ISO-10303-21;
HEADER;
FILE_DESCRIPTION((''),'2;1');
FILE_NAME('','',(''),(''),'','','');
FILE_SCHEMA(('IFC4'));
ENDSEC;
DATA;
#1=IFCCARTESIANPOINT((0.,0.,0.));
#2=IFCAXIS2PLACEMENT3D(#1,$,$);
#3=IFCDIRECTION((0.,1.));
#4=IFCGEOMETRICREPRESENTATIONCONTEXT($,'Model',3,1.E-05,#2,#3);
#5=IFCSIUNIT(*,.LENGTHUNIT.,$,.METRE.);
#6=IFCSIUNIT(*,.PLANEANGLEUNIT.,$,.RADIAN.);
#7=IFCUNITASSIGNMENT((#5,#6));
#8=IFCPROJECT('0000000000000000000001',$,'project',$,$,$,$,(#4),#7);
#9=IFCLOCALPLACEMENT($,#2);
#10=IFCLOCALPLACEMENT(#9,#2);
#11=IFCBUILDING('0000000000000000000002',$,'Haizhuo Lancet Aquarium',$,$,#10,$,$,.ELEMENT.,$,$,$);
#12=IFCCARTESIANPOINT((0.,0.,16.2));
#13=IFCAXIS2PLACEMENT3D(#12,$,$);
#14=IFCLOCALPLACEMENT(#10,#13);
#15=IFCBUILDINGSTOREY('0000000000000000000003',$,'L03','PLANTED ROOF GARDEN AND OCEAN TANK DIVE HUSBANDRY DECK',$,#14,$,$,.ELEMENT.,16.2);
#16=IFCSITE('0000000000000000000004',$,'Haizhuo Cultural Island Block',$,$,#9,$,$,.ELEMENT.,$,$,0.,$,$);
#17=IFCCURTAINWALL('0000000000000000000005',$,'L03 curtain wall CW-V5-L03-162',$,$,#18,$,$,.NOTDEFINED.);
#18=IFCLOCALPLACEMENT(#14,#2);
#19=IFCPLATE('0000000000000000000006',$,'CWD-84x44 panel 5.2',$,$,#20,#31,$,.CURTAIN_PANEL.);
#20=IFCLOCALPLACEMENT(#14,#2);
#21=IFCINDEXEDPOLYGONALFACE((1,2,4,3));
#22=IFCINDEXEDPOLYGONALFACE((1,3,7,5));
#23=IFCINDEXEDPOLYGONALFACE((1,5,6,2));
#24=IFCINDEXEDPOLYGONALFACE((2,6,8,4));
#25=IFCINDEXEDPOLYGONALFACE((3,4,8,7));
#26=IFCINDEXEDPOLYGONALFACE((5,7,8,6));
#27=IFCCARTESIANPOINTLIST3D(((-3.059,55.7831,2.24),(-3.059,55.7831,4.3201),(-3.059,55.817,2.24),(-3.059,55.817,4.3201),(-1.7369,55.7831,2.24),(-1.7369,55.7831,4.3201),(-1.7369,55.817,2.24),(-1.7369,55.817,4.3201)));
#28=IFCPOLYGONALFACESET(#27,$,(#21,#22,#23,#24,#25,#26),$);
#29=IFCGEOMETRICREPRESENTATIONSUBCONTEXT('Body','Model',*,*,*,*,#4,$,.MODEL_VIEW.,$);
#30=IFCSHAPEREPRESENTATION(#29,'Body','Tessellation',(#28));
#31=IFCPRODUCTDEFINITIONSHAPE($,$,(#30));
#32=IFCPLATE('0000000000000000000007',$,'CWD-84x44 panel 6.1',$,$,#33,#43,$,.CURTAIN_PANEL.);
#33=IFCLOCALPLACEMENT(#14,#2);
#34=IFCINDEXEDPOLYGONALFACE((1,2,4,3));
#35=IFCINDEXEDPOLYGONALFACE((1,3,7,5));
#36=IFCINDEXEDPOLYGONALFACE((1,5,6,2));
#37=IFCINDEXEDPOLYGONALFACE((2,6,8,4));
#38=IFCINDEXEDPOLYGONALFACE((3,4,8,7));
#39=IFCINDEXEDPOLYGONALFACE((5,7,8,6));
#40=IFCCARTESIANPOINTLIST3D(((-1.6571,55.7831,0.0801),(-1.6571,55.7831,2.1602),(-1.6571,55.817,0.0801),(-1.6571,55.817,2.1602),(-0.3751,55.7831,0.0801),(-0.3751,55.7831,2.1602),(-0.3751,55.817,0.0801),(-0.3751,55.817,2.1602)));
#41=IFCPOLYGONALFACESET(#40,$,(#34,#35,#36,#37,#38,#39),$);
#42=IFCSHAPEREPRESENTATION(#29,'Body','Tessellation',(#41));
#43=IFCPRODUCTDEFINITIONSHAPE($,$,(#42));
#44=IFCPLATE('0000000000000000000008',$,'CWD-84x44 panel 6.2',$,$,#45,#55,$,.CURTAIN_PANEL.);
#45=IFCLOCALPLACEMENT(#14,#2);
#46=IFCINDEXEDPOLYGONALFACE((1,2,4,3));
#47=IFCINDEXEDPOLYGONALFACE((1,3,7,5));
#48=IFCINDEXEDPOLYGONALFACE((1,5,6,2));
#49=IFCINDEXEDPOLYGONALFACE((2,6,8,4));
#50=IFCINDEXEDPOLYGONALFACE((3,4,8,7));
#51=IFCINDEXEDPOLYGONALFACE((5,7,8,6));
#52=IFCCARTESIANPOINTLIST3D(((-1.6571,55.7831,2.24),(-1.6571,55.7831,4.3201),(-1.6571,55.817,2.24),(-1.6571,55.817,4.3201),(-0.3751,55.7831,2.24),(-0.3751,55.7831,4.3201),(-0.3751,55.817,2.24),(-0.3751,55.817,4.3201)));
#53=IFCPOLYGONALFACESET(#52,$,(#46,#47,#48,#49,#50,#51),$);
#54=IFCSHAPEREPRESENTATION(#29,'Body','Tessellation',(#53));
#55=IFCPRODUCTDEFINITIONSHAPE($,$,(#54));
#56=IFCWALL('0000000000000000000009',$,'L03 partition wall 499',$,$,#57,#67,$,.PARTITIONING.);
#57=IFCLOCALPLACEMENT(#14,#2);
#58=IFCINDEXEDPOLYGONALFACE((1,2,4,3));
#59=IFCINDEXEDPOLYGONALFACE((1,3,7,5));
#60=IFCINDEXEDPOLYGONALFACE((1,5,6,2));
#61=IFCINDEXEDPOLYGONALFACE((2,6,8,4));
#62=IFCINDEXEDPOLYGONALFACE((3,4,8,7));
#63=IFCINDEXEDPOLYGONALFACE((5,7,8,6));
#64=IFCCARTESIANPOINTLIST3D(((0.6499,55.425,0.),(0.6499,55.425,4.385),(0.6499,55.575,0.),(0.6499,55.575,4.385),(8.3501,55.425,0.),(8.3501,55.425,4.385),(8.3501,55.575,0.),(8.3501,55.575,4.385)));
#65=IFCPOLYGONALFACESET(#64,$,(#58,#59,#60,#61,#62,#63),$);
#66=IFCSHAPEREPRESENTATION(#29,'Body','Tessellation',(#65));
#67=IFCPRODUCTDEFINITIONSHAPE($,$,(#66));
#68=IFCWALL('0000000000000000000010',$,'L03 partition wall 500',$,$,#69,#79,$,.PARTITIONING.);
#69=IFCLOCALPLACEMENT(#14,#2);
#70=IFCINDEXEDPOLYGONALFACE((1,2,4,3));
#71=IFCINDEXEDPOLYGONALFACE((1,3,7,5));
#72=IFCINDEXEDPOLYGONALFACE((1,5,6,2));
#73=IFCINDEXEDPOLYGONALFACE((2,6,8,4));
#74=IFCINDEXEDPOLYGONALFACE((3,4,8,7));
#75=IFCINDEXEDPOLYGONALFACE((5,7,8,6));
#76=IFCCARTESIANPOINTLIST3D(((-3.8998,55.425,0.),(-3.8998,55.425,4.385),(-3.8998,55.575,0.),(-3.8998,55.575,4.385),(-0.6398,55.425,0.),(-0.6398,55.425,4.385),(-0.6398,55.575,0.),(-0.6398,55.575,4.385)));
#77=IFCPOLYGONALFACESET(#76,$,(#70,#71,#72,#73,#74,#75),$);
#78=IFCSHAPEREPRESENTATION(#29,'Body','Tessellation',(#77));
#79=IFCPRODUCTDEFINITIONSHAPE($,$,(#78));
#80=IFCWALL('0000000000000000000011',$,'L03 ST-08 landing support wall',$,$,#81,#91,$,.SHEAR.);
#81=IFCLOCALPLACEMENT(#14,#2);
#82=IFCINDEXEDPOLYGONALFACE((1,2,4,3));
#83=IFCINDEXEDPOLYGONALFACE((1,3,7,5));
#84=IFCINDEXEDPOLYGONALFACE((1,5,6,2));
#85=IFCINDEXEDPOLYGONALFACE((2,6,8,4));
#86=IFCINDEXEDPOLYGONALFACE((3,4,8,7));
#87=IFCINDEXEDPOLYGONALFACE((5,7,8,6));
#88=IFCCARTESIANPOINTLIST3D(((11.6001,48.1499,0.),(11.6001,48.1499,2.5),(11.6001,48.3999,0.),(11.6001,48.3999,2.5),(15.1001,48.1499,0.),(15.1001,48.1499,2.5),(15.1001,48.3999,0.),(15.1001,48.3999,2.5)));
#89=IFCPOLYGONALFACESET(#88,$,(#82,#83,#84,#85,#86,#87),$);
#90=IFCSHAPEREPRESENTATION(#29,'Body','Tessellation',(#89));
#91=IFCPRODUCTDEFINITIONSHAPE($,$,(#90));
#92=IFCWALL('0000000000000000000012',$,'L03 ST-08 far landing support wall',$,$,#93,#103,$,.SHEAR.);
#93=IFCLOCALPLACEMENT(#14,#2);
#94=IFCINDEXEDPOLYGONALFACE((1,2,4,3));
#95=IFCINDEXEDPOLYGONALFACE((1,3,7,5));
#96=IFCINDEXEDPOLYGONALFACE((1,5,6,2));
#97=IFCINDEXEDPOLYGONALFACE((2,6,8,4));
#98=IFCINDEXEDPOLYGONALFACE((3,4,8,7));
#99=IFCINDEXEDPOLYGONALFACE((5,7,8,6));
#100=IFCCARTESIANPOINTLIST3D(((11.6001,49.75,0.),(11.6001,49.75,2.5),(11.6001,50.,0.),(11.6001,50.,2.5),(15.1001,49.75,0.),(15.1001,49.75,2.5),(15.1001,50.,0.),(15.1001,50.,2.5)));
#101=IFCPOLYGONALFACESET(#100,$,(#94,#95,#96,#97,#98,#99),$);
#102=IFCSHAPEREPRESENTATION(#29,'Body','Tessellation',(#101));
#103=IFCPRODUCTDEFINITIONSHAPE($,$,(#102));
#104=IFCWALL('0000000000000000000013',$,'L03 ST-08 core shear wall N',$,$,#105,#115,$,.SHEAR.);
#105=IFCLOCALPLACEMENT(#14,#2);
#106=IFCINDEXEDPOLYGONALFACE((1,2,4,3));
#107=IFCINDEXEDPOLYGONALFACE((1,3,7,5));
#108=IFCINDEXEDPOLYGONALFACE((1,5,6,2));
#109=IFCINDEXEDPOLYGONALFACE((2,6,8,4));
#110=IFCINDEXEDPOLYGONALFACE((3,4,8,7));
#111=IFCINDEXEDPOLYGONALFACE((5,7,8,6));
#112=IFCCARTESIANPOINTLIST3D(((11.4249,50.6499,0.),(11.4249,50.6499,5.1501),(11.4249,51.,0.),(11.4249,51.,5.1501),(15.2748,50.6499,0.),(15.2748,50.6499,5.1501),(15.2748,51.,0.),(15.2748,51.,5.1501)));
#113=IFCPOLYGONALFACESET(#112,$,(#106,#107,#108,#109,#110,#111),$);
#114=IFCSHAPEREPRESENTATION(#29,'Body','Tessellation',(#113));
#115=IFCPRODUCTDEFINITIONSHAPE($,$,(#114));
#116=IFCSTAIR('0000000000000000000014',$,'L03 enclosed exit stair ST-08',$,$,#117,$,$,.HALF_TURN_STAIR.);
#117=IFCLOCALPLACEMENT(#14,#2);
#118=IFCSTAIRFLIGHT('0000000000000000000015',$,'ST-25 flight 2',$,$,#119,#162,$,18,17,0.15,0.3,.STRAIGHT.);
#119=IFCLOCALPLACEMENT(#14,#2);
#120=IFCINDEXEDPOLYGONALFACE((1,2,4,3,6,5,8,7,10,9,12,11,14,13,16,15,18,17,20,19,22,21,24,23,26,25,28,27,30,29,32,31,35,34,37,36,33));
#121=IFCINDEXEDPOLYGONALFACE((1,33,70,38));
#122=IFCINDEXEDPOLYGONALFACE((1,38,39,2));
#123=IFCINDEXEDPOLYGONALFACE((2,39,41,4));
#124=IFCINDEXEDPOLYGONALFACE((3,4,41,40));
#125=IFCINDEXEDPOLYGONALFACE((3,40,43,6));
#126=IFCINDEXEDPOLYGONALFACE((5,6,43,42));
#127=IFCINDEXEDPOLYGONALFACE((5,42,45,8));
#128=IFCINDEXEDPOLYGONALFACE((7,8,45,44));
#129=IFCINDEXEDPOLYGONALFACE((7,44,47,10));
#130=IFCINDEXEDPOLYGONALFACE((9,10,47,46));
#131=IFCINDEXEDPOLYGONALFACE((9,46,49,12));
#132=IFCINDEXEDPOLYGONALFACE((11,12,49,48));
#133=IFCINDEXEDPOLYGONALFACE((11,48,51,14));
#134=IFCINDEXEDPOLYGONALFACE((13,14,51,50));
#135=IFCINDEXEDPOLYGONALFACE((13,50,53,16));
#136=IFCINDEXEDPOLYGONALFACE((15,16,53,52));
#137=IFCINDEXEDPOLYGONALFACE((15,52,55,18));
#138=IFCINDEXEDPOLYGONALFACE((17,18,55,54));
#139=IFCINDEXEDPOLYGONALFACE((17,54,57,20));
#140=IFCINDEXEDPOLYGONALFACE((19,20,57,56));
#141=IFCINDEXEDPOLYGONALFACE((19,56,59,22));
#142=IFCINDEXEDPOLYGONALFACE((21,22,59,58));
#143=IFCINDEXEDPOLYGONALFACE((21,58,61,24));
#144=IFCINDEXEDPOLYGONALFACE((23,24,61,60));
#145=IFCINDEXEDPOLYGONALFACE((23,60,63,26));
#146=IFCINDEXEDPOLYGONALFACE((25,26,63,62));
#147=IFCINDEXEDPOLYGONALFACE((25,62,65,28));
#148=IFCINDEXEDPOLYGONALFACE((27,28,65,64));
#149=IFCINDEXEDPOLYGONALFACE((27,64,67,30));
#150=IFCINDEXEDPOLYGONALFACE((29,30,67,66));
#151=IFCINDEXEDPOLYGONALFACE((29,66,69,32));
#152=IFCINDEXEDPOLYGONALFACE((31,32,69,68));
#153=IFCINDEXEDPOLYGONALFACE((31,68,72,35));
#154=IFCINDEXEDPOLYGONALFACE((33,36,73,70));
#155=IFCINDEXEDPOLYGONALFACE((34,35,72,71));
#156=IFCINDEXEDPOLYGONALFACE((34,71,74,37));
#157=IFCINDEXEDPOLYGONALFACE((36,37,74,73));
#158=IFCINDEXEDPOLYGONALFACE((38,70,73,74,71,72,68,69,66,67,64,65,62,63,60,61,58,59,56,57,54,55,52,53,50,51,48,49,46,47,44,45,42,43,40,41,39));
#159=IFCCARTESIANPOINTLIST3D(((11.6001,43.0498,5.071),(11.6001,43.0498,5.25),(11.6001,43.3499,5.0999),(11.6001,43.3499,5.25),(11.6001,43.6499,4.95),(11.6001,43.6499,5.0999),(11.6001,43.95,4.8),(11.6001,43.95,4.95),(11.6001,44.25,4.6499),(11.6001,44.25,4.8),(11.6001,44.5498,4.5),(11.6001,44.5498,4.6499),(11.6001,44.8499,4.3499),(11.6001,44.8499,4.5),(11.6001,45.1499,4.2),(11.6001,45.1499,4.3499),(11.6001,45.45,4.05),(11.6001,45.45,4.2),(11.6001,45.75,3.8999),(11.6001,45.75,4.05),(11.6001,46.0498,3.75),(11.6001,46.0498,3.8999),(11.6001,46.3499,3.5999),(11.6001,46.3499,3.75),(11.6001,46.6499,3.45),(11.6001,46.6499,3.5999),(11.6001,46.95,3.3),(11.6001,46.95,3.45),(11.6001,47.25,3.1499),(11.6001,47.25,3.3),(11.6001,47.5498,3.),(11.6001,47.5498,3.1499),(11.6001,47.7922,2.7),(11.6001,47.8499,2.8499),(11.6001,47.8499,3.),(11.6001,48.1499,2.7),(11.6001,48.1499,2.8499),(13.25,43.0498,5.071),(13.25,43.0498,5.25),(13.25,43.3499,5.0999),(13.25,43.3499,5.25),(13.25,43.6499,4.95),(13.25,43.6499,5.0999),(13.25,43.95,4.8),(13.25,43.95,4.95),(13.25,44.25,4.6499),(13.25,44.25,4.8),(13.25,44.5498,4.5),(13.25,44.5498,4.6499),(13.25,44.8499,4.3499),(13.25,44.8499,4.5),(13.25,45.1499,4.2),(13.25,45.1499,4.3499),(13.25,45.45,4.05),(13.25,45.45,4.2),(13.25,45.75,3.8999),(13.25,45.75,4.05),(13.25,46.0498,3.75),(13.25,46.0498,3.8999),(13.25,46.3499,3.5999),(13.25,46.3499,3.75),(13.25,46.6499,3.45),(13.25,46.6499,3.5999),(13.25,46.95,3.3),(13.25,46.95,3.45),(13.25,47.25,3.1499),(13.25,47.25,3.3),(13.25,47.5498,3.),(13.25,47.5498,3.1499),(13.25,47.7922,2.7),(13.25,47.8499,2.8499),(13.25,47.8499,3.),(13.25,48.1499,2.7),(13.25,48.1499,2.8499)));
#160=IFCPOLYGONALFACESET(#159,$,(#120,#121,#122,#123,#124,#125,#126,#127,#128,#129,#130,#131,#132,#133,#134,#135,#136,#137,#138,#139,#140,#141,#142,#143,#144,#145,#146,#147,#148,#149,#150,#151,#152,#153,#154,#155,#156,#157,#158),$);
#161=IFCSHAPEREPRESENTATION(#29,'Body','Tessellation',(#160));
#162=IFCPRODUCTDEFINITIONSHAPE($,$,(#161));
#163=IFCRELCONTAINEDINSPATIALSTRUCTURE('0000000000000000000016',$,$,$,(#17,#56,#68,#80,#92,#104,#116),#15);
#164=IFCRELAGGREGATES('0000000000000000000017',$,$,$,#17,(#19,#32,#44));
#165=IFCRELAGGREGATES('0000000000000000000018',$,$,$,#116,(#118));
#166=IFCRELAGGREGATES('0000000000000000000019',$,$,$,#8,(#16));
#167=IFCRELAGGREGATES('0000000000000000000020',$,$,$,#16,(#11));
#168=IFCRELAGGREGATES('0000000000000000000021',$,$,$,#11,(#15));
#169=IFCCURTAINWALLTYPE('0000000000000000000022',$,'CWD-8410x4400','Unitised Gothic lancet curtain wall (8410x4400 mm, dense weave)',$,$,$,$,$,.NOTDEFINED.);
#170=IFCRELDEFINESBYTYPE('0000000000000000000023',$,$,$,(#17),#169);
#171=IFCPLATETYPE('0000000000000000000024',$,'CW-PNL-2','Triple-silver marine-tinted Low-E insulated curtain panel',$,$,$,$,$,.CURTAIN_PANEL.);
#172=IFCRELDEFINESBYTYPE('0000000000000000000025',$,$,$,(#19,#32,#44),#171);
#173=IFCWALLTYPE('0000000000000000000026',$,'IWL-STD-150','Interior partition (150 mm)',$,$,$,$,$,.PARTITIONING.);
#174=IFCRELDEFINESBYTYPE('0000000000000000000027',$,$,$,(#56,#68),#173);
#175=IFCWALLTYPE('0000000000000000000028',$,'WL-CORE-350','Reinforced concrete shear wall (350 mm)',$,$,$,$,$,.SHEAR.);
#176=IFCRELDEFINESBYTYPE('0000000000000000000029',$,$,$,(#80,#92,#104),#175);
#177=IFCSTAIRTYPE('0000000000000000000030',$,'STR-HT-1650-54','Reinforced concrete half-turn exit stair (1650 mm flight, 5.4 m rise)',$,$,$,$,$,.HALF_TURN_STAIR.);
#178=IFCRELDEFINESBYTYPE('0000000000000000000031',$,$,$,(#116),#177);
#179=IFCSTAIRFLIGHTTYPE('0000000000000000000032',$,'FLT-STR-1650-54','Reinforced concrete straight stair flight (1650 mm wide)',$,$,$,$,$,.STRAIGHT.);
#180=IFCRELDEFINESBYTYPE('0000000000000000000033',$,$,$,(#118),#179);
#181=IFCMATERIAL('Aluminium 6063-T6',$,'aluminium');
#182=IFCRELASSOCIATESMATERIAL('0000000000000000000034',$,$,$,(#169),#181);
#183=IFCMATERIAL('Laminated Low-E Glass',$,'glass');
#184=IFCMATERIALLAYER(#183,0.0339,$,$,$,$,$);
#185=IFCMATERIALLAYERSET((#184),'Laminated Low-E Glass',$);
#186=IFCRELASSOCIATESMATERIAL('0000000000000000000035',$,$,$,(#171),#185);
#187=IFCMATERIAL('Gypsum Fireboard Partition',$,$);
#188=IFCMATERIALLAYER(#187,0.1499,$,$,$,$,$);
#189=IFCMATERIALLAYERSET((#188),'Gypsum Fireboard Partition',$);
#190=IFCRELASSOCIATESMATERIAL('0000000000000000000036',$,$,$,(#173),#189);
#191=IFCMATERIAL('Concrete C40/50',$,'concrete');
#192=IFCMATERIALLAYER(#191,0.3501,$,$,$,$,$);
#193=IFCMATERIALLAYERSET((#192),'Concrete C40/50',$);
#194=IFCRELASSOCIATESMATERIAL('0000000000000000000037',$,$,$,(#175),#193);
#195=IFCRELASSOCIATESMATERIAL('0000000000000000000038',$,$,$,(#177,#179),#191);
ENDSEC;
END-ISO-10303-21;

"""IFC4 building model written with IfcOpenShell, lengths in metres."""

from ifc_helpers import new_model, si_unit, direction, frame, frame_2d, origin, origin_2d, place, context, subcontext, project, spatial, polyline, rectangle, outline, extrude, material, layer, layer_set, type_object, element, aggregate, save


model = new_model("IFC4")

# Units and contexts
model_context = context("Model", 3, precision=1e-05, world=origin(), true_north=direction((0.0, 1.0)))
body_context = subcontext(model_context, "Body", "Model", "MODEL_VIEW")
ifc_project = project(units=[si_unit("LENGTHUNIT", "METRE"), si_unit("PLANEANGLEUNIT", "RADIAN")], contexts=[model_context])

# Site, building, storey
site_placement = place(None, origin())
site = spatial("IfcSite", under=ifc_project, at=site_placement, Name="Haizhuo Cultural Island Block", CompositionType="ELEMENT", RefElevation=0.0)
building_placement = place(site_placement, origin())
building = spatial("IfcBuilding", under=site, at=building_placement, Name="Haizhuo Lancet Aquarium", CompositionType="ELEMENT")
storey_placement = place(building_placement, frame((0.0, 0.0, 16.2)))
storey = spatial("IfcBuildingStorey", under=building, at=storey_placement, Name="L03", Description="PLANTED ROOF GARDEN AND OCEAN TANK DIVE HUSBANDRY DECK", CompositionType="ELEMENT", Elevation=16.2)

# Shared definitions
ifc_material_1 = material(Name="Concrete C40/50", Category="concrete")

# Curtain wall
ifc_material_2 = material(Name="Aluminium 6063-T6", Category="aluminium")
curtain_wall_type = type_object("IfcCurtainWallType", Name="CWD-8410x4400", Description="Unitised Gothic lancet curtain wall (8410x4400 mm, dense weave)", PredefinedType="NOTDEFINED", material=ifc_material_2)
curtain_wall_placement = place(storey_placement, origin())
curtain_wall = element("IfcCurtainWall", 1, at=curtain_wall_placement, inside=storey, type_object=curtain_wall_type, Name="L03 curtain wall CW-V5-L03-162", PredefinedType="NOTDEFINED")

# Plates
ifc_material_3 = material(Name="Laminated Low-E Glass", Category="glass")
ifc_layer_1 = layer(ifc_material_3, 0.0339)
ifc_layer_set_1 = layer_set([ifc_layer_1], Name="Laminated Low-E Glass")
plate_type = type_object("IfcPlateType", Name="CW-PNL-2", Description="Triple-silver marine-tinted Low-E insulated curtain panel", PredefinedType="CURTAIN_PANEL", material=ifc_layer_set_1)
plate_1_placement = place(storey_placement, frame((-2.3979, 55.8, 2.24), z_axis=(0.0, 0.0, 1.0), x_axis=(1.0, 0.0, 0.0)))
plate_1 = element("IfcPlate", 2, at=plate_1_placement, type_object=plate_type, Name="CWD-84x44 panel 5.2", PredefinedType="CURTAIN_PANEL", context=body_context, shape_type="SweptSolid", body=[
    extrude(rectangle(XDim=1.322, YDim=0.0339, at=origin_2d()), origin(), (0.0, 0.0, 1.0), 2.0801),
])
plate_2_placement = place(storey_placement, frame((-1.0161, 55.8, 0.0801), z_axis=(0.0, 0.0, 1.0), x_axis=(1.0, 0.0, 0.0)))
plate_2 = element("IfcPlate", 3, at=plate_2_placement, type_object=plate_type, Name="CWD-84x44 panel 6.1", PredefinedType="CURTAIN_PANEL", context=body_context, shape_type="SweptSolid", body=[
    extrude(rectangle(XDim=1.282, YDim=0.0339, at=origin_2d()), origin(), (0.0, 0.0, 1.0), 2.0801),
])
plate_3_placement = place(storey_placement, frame((-1.0161, 55.8, 2.24), z_axis=(0.0, 0.0, 1.0), x_axis=(1.0, 0.0, 0.0)))
plate_3 = element("IfcPlate", 4, at=plate_3_placement, type_object=plate_type, Name="CWD-84x44 panel 6.2", PredefinedType="CURTAIN_PANEL", context=body_context, shape_type="SweptSolid", body=[
    extrude(rectangle(XDim=1.282, YDim=0.0339, at=origin_2d()), origin(), (0.0, 0.0, 1.0), 2.0801),
])
aggregate(curtain_wall, [plate_1, plate_2, plate_3])

# Walls
ifc_material_4 = material(Name="Gypsum Fireboard Partition")
ifc_layer_2 = layer(ifc_material_4, 0.1499)
ifc_layer_set_2 = layer_set([ifc_layer_2], Name="Gypsum Fireboard Partition")
wall_type_1 = type_object("IfcWallType", Name="IWL-STD-150", Description="Interior partition (150 mm)", PredefinedType="PARTITIONING", material=ifc_layer_set_2)
wall_1_placement = place(storey_placement, frame((8.3501, 55.5, 0.0), z_axis=(0.0, 0.0, 1.0), x_axis=(-1.0, 0.0, 0.0)))
element("IfcWall", 5, at=wall_1_placement, inside=storey, type_object=wall_type_1, Name="L03 partition wall 499", PredefinedType="PARTITIONING", context=body_context, shape_type="SweptSolid", body=[
    extrude(rectangle(XDim=7.7002, YDim=0.1499, at=frame_2d((3.8501, 0.0))), origin(), (0.0, 0.0, 1.0), 4.385),
])
wall_2_placement = place(storey_placement, frame((-0.6399, 55.5, 0.0), z_axis=(0.0, 0.0, 1.0), x_axis=(-1.0, 0.0, 0.0)))
element("IfcWall", 6, at=wall_2_placement, inside=storey, type_object=wall_type_1, Name="L03 partition wall 500", PredefinedType="PARTITIONING", context=body_context, shape_type="SweptSolid", body=[
    extrude(rectangle(XDim=3.26, YDim=0.1499, at=frame_2d((1.6299, 0.0))), origin(), (0.0, 0.0, 1.0), 4.385),
])
ifc_layer_3 = layer(ifc_material_1, 0.3501)
ifc_layer_set_3 = layer_set([ifc_layer_3], Name="Concrete C40/50")
wall_type_2 = type_object("IfcWallType", Name="WL-CORE-350", Description="Reinforced concrete shear wall (350 mm)", PredefinedType="SHEAR", material=ifc_layer_set_3)
for number, where, z_axis, x_axis, name in (
    (7, (11.6001, 48.2749, 0.0), (0.0, 0.0, 1.0), (1.0, 0.0, 0.0), "L03 ST-08 landing support wall"),
    (8, (11.6001, 49.875, 0.0), (0.0, 0.0, 1.0), (1.0, 0.0, 0.0), "L03 ST-08 far landing support wall"),
):
    element("IfcWall", number, at=place(storey_placement, frame(where, z_axis=z_axis, x_axis=x_axis)), inside=storey, type_object=wall_type_2, Name=name, PredefinedType="SHEAR", context=body_context, shape_type="SweptSolid", body=[
        extrude(rectangle(XDim=3.5, YDim=0.25, at=frame_2d((1.75, 0.0))), origin(), (0.0, 0.0, 1.0), 2.5),
    ])
wall_3_placement = place(storey_placement, frame((11.425, 50.825, 0.0), z_axis=(0.0, 0.0, 1.0), x_axis=(1.0, 0.0, 0.0)))
element("IfcWall", 9, at=wall_3_placement, inside=storey, type_object=wall_type_2, Name="L03 ST-08 core shear wall N", PredefinedType="SHEAR", context=body_context, shape_type="SweptSolid", body=[
    extrude(rectangle(XDim=3.8499, YDim=0.3501, at=frame_2d((1.9248, 0.0))), origin(), (0.0, 0.0, 1.0), 5.1501),
])

# Stair, stair flight
stair_type = type_object("IfcStairType", Name="STR-HT-1650-54", Description="Reinforced concrete half-turn exit stair (1650 mm flight, 5.4 m rise)", PredefinedType="HALF_TURN_STAIR", material=ifc_material_1)
stair_placement = place(storey_placement, origin())
stair = element("IfcStair", 10, at=stair_placement, inside=storey, type_object=stair_type, Name="L03 enclosed exit stair ST-08", PredefinedType="HALF_TURN_STAIR")
stair_flight_type = type_object("IfcStairFlightType", Name="FLT-STR-1650-54", Description="Reinforced concrete straight stair flight (1650 mm wide)", PredefinedType="STRAIGHT", material=ifc_material_1)
stair_flight_placement = place(storey_placement, frame((12.425, 48.1499, 2.7), z_axis=(0.0, 0.0, 1.0), x_axis=(0.0, -1.0, 0.0)))
stair_flight = element("IfcStairFlight", 11, at=stair_flight_placement, type_object=stair_flight_type, Name="ST-25 flight 2", NumberOfRisers=18, NumberOfTreads=17, PredefinedType="STRAIGHT", RiserHeight=0.15, TreadLength=0.3, context=body_context, shape_type="SweptSolid", body=[
    extrude(outline(polyline([(0.0, 0.0), (0.0, 0.1499), (0.3, 0.1499), (0.3, 0.3), (0.6001, 0.3), (0.6001, 0.45), (0.8999, 0.45), (0.8999, 0.6001), (1.2, 0.6001), (1.2, 0.75), (1.5, 0.75), (1.5, 0.8999), (1.8, 0.8999), (1.8, 1.05), (2.1001, 1.05), (2.1001, 1.2), (2.3999, 1.2), (2.3999, 1.3501), (2.7, 1.3501), (2.7, 1.5), (3.0, 1.5), (3.0, 1.6499), (3.3, 1.6499), (3.3, 1.8), (3.6001, 1.8), (3.6001, 1.95), (3.8999, 1.95), (3.8999, 2.1001), (4.2, 2.1001), (4.2, 2.25), (4.5, 2.25), (4.5, 2.3999), (4.8, 2.3999), (4.8, 2.55), (5.1001, 2.55), (5.1001, 2.7), (5.1001, 2.3711), (0.3577, 0.0), (0.0, 0.0)])), frame((0.0, 0.825, 0.0), z_axis=(0.0, -1.0, 0.0), x_axis=(1.0, 0.0, 0.0)), (0.0, 0.0, 1.0), 1.6499),
])
aggregate(stair, [stair_flight])

save(model, "model.ifc")
